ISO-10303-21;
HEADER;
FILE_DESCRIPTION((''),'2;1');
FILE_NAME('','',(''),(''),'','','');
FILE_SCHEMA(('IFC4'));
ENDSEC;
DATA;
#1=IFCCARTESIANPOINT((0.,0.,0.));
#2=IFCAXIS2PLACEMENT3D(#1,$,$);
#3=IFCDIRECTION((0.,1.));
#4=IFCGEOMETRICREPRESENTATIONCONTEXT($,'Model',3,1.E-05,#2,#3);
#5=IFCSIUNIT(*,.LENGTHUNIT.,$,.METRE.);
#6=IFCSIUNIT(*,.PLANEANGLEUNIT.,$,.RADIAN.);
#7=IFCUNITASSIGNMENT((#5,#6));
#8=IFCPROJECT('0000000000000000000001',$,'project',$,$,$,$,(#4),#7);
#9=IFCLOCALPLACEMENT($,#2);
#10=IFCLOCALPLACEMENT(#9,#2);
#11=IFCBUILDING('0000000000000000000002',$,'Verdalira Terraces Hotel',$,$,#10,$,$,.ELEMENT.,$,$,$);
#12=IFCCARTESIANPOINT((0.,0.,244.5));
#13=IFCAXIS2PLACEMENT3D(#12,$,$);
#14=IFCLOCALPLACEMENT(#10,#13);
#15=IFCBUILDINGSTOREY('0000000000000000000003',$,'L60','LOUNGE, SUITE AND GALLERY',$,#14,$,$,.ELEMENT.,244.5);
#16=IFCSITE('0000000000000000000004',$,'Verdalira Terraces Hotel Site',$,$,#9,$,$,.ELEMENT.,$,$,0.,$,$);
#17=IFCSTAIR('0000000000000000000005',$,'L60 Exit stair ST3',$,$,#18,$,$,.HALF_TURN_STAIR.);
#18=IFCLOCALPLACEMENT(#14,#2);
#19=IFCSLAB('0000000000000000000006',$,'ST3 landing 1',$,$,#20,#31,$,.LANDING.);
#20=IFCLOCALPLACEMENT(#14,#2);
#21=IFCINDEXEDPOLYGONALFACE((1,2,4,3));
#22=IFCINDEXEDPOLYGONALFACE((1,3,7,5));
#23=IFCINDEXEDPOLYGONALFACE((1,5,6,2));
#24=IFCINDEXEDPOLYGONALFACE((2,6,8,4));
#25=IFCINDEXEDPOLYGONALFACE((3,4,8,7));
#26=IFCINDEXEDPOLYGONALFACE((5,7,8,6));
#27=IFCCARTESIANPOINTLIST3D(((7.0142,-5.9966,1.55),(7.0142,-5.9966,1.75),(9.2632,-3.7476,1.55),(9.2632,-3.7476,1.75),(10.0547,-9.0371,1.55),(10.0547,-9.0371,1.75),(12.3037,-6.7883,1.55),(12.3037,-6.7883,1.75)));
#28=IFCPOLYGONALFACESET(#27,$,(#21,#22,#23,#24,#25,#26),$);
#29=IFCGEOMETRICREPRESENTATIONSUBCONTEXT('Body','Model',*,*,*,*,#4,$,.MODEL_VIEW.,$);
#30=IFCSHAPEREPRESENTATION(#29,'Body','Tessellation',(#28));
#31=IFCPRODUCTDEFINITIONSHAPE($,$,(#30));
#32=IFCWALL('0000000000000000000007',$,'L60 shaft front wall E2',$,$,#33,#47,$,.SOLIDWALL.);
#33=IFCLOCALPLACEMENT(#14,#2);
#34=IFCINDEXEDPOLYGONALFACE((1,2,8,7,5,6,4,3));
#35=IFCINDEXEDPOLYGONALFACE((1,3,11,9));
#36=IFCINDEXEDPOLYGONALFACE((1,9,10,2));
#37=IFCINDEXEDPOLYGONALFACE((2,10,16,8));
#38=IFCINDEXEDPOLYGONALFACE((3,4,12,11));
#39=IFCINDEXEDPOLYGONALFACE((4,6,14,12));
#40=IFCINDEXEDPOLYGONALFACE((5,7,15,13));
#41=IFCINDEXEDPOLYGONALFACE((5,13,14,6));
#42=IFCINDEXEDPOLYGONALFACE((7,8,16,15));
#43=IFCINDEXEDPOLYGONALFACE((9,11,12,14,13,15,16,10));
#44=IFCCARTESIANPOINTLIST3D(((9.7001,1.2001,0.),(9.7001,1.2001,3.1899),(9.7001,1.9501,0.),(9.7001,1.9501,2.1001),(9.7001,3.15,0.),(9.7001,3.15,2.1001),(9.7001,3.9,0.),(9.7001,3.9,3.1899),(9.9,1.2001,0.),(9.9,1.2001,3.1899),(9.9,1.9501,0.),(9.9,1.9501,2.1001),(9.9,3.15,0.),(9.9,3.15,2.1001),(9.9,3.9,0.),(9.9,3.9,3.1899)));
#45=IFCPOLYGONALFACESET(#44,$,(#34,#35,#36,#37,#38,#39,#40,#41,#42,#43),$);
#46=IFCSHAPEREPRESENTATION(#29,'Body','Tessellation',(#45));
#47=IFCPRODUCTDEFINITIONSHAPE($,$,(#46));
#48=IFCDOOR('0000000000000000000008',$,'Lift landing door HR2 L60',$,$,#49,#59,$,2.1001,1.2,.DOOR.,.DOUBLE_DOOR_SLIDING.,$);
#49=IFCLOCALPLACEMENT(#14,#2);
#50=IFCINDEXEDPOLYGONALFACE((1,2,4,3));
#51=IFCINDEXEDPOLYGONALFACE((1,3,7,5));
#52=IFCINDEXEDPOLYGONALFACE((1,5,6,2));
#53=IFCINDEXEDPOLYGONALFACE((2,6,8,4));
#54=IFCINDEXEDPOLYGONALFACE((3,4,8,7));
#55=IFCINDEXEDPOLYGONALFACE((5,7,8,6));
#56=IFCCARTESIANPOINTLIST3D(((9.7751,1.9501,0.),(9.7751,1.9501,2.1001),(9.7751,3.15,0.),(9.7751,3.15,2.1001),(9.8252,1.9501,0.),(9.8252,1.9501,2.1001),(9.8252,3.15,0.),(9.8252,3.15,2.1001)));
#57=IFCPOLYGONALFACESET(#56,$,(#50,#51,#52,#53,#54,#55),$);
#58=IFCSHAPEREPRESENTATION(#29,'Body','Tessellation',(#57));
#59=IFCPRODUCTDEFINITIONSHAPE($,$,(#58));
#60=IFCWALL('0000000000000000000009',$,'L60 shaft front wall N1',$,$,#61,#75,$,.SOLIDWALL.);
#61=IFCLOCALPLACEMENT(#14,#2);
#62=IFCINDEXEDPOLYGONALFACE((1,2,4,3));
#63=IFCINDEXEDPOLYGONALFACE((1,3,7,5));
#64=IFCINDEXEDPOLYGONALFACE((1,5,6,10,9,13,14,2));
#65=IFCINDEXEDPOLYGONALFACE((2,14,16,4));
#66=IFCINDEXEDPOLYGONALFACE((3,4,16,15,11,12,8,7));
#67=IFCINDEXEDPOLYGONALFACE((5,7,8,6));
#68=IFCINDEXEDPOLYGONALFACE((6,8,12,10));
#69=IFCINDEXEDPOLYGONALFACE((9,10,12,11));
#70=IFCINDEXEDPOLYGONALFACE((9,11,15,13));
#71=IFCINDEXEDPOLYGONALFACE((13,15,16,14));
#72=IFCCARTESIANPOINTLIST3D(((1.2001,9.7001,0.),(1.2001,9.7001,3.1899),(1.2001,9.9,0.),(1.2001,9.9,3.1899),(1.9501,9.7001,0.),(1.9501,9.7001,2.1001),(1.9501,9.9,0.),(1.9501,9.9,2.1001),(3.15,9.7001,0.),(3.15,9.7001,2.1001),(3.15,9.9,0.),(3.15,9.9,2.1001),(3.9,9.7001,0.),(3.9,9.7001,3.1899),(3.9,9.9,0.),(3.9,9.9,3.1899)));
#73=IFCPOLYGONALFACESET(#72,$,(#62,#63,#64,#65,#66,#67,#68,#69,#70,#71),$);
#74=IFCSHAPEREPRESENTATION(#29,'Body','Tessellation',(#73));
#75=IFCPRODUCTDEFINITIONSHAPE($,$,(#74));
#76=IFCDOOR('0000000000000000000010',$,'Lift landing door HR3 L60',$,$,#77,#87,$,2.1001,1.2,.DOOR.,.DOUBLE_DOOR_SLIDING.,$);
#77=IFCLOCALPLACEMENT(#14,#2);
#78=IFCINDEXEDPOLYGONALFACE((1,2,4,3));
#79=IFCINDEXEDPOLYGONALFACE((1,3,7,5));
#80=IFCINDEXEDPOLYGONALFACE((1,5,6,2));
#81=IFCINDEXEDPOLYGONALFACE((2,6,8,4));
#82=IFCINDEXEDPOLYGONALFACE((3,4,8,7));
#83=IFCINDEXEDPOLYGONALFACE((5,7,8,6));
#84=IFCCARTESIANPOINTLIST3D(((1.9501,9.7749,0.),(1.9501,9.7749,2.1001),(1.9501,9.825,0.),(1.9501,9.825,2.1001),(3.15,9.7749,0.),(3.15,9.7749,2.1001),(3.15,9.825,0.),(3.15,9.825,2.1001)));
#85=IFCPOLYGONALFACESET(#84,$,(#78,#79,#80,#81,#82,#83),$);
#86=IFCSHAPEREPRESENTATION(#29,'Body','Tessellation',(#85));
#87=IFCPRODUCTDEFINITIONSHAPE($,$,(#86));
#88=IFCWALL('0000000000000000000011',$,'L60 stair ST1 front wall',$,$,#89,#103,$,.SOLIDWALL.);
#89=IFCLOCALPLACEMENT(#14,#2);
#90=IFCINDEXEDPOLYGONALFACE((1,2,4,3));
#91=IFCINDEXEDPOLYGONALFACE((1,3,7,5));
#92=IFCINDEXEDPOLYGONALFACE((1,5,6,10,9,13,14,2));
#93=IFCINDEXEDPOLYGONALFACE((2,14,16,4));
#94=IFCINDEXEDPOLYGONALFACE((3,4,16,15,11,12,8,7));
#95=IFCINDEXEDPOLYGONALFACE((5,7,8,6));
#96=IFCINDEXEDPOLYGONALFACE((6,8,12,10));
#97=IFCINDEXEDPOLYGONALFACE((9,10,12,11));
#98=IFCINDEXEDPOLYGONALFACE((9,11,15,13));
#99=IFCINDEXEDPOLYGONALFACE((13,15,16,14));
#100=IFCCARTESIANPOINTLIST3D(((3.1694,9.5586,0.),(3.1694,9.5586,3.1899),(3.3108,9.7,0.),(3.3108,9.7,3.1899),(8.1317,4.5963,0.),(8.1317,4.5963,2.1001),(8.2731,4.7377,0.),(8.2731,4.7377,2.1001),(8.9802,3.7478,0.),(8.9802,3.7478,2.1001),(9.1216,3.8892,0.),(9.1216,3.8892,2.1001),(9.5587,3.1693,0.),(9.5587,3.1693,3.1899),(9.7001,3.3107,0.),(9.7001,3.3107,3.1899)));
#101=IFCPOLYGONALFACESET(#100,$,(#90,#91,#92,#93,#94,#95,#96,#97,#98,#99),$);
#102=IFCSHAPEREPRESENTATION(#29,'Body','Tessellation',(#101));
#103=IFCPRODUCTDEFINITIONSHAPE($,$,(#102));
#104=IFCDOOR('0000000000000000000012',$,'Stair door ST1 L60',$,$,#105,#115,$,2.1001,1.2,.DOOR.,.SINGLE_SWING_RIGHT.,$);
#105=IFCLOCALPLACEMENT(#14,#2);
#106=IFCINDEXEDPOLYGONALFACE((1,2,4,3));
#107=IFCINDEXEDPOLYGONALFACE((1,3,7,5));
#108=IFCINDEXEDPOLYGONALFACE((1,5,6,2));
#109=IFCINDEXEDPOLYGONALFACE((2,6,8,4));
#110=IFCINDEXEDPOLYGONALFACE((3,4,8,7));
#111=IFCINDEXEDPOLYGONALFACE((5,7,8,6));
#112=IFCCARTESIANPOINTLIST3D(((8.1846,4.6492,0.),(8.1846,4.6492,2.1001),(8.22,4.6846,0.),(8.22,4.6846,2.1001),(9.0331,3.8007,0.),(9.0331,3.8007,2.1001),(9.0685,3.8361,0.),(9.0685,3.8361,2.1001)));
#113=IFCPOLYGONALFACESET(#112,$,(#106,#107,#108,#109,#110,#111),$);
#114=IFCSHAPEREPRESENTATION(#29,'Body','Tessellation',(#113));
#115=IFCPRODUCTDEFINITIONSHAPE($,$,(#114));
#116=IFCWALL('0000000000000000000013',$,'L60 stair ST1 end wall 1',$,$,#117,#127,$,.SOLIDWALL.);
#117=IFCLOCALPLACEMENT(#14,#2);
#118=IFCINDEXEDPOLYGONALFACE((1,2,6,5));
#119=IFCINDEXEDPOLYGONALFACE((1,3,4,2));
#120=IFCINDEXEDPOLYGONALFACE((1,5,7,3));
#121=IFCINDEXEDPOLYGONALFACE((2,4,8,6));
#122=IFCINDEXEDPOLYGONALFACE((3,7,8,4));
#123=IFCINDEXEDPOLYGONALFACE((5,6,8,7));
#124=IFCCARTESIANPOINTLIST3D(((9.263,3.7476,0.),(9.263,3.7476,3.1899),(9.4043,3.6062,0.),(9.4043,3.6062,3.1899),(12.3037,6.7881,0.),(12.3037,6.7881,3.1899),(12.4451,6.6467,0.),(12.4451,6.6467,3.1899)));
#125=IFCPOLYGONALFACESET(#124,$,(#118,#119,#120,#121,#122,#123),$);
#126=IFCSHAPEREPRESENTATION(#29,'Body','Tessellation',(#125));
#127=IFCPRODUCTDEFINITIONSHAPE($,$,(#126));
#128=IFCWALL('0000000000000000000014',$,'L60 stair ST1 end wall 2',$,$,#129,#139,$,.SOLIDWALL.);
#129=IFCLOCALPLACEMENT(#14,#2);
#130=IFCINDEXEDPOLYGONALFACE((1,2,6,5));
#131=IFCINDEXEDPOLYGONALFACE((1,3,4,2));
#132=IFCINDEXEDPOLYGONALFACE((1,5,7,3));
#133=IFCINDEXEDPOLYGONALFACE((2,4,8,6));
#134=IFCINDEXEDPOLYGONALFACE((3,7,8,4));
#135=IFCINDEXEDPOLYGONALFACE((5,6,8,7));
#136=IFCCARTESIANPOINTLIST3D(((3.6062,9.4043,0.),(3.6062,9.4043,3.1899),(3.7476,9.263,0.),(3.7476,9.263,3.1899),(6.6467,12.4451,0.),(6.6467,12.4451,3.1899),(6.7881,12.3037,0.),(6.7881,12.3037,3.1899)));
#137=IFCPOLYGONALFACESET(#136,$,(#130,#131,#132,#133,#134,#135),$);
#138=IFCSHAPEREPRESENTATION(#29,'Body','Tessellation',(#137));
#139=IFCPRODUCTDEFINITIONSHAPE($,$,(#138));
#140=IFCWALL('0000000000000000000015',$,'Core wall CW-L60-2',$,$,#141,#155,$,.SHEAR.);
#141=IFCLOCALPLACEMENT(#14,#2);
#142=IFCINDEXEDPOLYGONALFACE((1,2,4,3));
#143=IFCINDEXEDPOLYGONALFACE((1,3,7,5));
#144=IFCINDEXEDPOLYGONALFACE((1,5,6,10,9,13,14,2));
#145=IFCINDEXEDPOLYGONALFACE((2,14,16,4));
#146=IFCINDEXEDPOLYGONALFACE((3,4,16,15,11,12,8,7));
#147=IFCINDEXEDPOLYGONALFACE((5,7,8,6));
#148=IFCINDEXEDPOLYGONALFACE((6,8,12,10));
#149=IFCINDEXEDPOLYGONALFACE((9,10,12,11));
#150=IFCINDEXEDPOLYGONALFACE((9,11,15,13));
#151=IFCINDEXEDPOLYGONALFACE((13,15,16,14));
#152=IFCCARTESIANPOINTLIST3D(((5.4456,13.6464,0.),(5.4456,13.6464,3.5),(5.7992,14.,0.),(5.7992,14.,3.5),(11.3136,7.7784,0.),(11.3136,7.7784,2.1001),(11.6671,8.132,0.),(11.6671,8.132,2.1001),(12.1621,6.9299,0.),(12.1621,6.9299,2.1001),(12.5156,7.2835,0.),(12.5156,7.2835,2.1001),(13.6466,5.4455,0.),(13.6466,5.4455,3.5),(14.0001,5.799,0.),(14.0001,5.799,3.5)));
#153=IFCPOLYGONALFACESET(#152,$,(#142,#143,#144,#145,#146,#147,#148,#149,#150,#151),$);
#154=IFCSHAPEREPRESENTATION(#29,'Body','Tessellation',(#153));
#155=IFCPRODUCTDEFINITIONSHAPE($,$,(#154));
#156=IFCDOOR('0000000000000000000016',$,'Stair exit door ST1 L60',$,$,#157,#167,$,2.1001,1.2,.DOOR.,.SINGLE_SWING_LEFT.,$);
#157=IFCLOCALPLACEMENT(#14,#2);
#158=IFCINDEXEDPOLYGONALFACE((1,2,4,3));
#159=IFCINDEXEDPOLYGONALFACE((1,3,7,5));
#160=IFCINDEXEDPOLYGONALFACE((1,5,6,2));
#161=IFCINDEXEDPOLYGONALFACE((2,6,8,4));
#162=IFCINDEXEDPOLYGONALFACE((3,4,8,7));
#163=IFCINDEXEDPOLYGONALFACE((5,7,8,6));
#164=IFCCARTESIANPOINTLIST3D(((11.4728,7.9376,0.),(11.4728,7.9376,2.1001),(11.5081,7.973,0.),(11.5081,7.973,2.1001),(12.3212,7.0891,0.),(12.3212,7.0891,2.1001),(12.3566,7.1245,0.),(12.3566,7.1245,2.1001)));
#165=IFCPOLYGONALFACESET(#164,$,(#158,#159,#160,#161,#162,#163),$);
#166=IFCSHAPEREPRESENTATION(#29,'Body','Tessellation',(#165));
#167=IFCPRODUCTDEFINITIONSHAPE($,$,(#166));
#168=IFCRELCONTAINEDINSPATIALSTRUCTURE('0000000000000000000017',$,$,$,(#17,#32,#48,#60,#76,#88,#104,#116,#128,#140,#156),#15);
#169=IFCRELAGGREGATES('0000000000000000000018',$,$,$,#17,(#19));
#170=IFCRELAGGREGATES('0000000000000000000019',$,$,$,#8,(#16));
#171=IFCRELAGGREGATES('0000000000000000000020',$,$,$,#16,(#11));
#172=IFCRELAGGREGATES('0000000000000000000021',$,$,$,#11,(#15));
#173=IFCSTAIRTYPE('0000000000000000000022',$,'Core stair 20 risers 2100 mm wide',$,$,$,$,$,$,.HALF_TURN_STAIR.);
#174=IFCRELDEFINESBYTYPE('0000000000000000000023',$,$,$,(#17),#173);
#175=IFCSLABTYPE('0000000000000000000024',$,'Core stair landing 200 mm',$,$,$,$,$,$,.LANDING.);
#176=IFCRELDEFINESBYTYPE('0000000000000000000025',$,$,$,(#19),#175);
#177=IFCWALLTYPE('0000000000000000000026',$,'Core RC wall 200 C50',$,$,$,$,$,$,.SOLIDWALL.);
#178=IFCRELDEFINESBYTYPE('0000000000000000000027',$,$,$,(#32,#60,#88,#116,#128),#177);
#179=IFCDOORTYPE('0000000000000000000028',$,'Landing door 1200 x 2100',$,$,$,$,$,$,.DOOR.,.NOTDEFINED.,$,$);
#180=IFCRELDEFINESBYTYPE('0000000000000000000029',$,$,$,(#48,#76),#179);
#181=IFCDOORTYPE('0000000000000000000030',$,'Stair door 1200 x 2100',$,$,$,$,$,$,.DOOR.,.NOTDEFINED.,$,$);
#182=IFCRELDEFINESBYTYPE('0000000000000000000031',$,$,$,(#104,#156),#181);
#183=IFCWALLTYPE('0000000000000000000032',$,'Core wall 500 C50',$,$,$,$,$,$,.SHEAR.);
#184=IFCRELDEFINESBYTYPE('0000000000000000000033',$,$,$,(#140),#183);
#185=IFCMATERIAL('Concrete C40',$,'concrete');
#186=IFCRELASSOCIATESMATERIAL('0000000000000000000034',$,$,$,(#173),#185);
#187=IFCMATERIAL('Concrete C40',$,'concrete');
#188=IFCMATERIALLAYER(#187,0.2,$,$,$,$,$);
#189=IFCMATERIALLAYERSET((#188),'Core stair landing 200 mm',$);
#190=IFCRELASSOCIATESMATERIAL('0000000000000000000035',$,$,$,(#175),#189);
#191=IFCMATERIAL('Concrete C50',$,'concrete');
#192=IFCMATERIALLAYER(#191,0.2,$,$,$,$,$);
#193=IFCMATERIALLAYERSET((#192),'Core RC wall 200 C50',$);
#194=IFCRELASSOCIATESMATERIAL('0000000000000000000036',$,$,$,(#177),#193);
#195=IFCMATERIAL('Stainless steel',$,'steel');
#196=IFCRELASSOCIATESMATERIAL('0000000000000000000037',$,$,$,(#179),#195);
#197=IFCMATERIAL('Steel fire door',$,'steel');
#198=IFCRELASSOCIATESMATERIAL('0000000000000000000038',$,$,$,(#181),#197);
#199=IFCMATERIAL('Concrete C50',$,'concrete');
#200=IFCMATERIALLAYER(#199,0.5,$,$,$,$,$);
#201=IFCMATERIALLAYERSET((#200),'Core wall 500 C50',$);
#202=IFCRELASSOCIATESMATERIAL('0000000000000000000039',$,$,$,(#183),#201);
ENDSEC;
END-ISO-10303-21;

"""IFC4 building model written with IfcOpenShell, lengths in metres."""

from ifc_helpers import new_model, si_unit, direction, frame, frame_2d, origin, place, context, subcontext, project, spatial, polyline, rectangle, outline, extrude, material, layer, layer_set, type_object, element, fill, aggregate, save


model = new_model("IFC4")

# Units and contexts
model_context = context("Model", 3, precision=1e-05, world=origin(), true_north=direction((0.0, 1.0)))
body_context = subcontext(model_context, "Body", "Model", "MODEL_VIEW")
ifc_project = project(units=[si_unit("LENGTHUNIT", "METRE"), si_unit("PLANEANGLEUNIT", "RADIAN")], contexts=[model_context])

# Site, building, storey
site_placement = place(None, origin())
site = spatial("IfcSite", under=ifc_project, at=site_placement, Name="Verdalira Terraces Hotel Site", CompositionType="ELEMENT", RefElevation=0.0)
building_placement = place(site_placement, origin())
building = spatial("IfcBuilding", under=site, at=building_placement, Name="Verdalira Terraces Hotel", CompositionType="ELEMENT")
storey_placement = place(building_placement, frame((0.0, 0.0, 244.5)))
storey = spatial("IfcBuildingStorey", under=building, at=storey_placement, Name="L60", Description="LOUNGE, SUITE AND GALLERY", CompositionType="ELEMENT", Elevation=244.5)

# Stair, slab
ifc_material_1 = material(Name="Concrete C40", Category="concrete")
stair_type = type_object("IfcStairType", Name="Core stair 20 risers 2100 mm wide", PredefinedType="HALF_TURN_STAIR", material=ifc_material_1)
stair_placement = place(storey_placement, origin())
stair = element("IfcStair", 1, at=stair_placement, inside=storey, type_object=stair_type, Name="L60 Exit stair ST3", PredefinedType="HALF_TURN_STAIR")
ifc_material_2 = material(Name="Concrete C40", Category="concrete")
ifc_layer_1 = layer(ifc_material_2, 0.2)
ifc_layer_set_1 = layer_set([ifc_layer_1], Name="Core stair landing 200 mm")
slab_type = type_object("IfcSlabType", Name="Core stair landing 200 mm", PredefinedType="LANDING", material=ifc_layer_set_1)
slab_placement = place(storey_placement, frame((0.0, 0.0, 1.55)))
slab = element("IfcSlab", 2, at=slab_placement, type_object=slab_type, Name="ST3 landing 1", PredefinedType="LANDING", context=body_context, shape_type="SweptSolid", body=[
    extrude(outline(polyline([(10.0547, -9.0371), (12.3037, -6.7883), (9.2632, -3.7476), (7.0142, -5.9966), (10.0547, -9.0371)])), origin(), (0.0, 0.0, 1.0), 0.2),
])
aggregate(stair, [slab])

# Walls, openings, doors
ifc_material_3 = material(Name="Concrete C50", Category="concrete")
ifc_layer_2 = layer(ifc_material_3, 0.2)
ifc_layer_set_2 = layer_set([ifc_layer_2], Name="Core RC wall 200 C50")
wall_type_1 = type_object("IfcWallType", Name="Core RC wall 200 C50", PredefinedType="SOLIDWALL", material=ifc_layer_set_2)
wall_1_placement = place(storey_placement, frame((9.8, 1.2, 0.0), z_axis=(0.0, 0.0, 1.0), x_axis=(0.0, 1.0, 0.0)))
wall_1 = element("IfcWall", 3, at=wall_1_placement, inside=storey, type_object=wall_type_1, Name="L60 shaft front wall E2", PredefinedType="SOLIDWALL", context=body_context, shape_type="SweptSolid", body=[
    extrude(rectangle(XDim=2.7, YDim=0.2, at=frame_2d((1.3501, 0.0))), origin(), (0.0, 0.0, 1.0), 3.1899),
])
opening_1_placement = place(wall_1_placement, frame((0.75, 0.0, 0.0)))
opening_1 = element("IfcOpeningElement", 4, at=opening_1_placement, cuts=wall_1, PredefinedType="OPENING", context=body_context, shape_type="SweptSolid", body=[
    extrude(rectangle(XDim=1.2, YDim=2.1001, at=frame_2d((0.6001, 1.05))), frame((0.0, 0.1099, 0.0), z_axis=(0.0, -1.0, 0.0), x_axis=(1.0, 0.0, 0.0)), (0.0, 0.0, 1.0), 0.22),
])
ifc_material_4 = material(Name="Stainless steel", Category="steel")
door_type_1 = type_object("IfcDoorType", Name="Landing door 1200 x 2100", OperationType="NOTDEFINED", PredefinedType="DOOR", material=ifc_material_4)
door_1_placement = place(opening_1_placement, origin())
door_1 = element("IfcDoor", 5, at=door_1_placement, inside=storey, type_object=door_type_1, Name="Lift landing door HR2 L60", OperationType="DOUBLE_DOOR_SLIDING", OverallHeight=2.1001, OverallWidth=1.2, PredefinedType="DOOR", context=body_context, shape_type="SweptSolid", body=[
    extrude(rectangle(XDim=1.2, YDim=2.1001, at=frame_2d((0.6001, 1.05))), frame((0.0, 0.0249, 0.0), z_axis=(0.0, -1.0, 0.0), x_axis=(1.0, 0.0, 0.0)), (0.0, 0.0, 1.0), 0.05),
])
fill(opening_1, door_1)
wall_2_placement = place(storey_placement, frame((1.2, 9.8, 0.0), z_axis=(0.0, 0.0, 1.0), x_axis=(1.0, 0.0, 0.0)))
wall_2 = element("IfcWall", 6, at=wall_2_placement, inside=storey, type_object=wall_type_1, Name="L60 shaft front wall N1", PredefinedType="SOLIDWALL", context=body_context, shape_type="SweptSolid", body=[
    extrude(rectangle(XDim=2.7, YDim=0.2, at=frame_2d((1.3501, 0.0))), origin(), (0.0, 0.0, 1.0), 3.1899),
])
opening_2_placement = place(wall_2_placement, frame((0.75, 0.0, 0.0)))
opening_2 = element("IfcOpeningElement", 7, at=opening_2_placement, cuts=wall_2, PredefinedType="OPENING", context=body_context, shape_type="SweptSolid", body=[
    extrude(rectangle(XDim=1.2, YDim=2.1001, at=frame_2d((0.6001, 1.05))), frame((0.0, 0.1099, 0.0), z_axis=(0.0, -1.0, 0.0), x_axis=(1.0, 0.0, 0.0)), (0.0, 0.0, 1.0), 0.22),
])
door_2_placement = place(opening_2_placement, origin())
door_2 = element("IfcDoor", 8, at=door_2_placement, inside=storey, type_object=door_type_1, Name="Lift landing door HR3 L60", OperationType="DOUBLE_DOOR_SLIDING", OverallHeight=2.1001, OverallWidth=1.2, PredefinedType="DOOR", context=body_context, shape_type="SweptSolid", body=[
    extrude(rectangle(XDim=1.2, YDim=2.1001, at=frame_2d((0.6001, 1.05))), frame((0.0, 0.0249, 0.0), z_axis=(0.0, -1.0, 0.0), x_axis=(1.0, 0.0, 0.0)), (0.0, 0.0, 1.0), 0.05),
])
fill(opening_2, door_2)
wall_3_placement = place(storey_placement, frame((3.24, 9.6294, 0.0), z_axis=(0.0, 0.0, 1.0), x_axis=(0.707107, -0.707107, 0.0)))
wall_3 = element("IfcWall", 9, at=wall_3_placement, inside=storey, type_object=wall_type_1, Name="L60 stair ST1 front wall", PredefinedType="SOLIDWALL", context=body_context, shape_type="SweptSolid", body=[
    extrude(rectangle(XDim=9.0359, YDim=0.2, at=frame_2d((4.5181, 0.0))), origin(), (0.0, 0.0, 1.0), 3.1899),
])
opening_3_placement = place(wall_3_placement, frame((7.0178, 0.0, 0.0)))
opening_3 = element("IfcOpeningElement", 10, at=opening_3_placement, cuts=wall_3, PredefinedType="OPENING", context=body_context, shape_type="SweptSolid", body=[
    extrude(rectangle(XDim=1.2, YDim=2.1001, at=frame_2d((0.6001, 1.05))), frame((0.0, 0.1099, 0.0), z_axis=(0.0, -1.0, 0.0), x_axis=(1.0, 0.0, 0.0)), (0.0, 0.0, 1.0), 0.22),
])
ifc_material_5 = material(Name="Steel fire door", Category="steel")
door_type_2 = type_object("IfcDoorType", Name="Stair door 1200 x 2100", OperationType="NOTDEFINED", PredefinedType="DOOR", material=ifc_material_5)
door_3_placement = place(opening_3_placement, origin())
door_3 = element("IfcDoor", 11, at=door_3_placement, inside=storey, type_object=door_type_2, Name="Stair door ST1 L60", OperationType="SINGLE_SWING_RIGHT", OverallHeight=2.1001, OverallWidth=1.2, PredefinedType="DOOR", context=body_context, shape_type="SweptSolid", body=[
    extrude(rectangle(XDim=1.2, YDim=2.1001, at=frame_2d((0.6001, 1.05))), frame((0.0, 0.0249, 0.0), z_axis=(0.0, -1.0, 0.0), x_axis=(1.0, 0.0, 0.0)), (0.0, 0.0, 1.0), 0.05),
])
fill(opening_3, door_3)

# Walls
for number, where, z_axis, x_axis, name in (
    (12, (9.3337, 3.677, 0.0), (0.0, 0.0, 1.0), (0.707135, 0.707078, 0.0), "L60 stair ST1 end wall 1"),
    (13, (3.677, 9.3337, 0.0), (0.0, 0.0, 1.0), (0.707078, 0.707135, 0.0), "L60 stair ST1 end wall 2"),
):
    element("IfcWall", number, at=place(storey_placement, frame(where, z_axis=z_axis, x_axis=x_axis)), inside=storey, type_object=wall_type_1, Name=name, PredefinedType="SOLIDWALL", context=body_context, shape_type="SweptSolid", body=[
        extrude(rectangle(XDim=4.3, YDim=0.2, at=frame_2d((2.1499, 0.0))), origin(), (0.0, 0.0, 1.0), 3.1899),
    ])

# Wall, opening, door
ifc_material_6 = material(Name="Concrete C50", Category="concrete")
ifc_layer_3 = layer(ifc_material_6, 0.5)
ifc_layer_set_3 = layer_set([ifc_layer_3], Name="Core wall 500 C50")
wall_type_2 = type_object("IfcWallType", Name="Core wall 500 C50", PredefinedType="SHEAR", material=ifc_layer_set_3)
wall_4_placement = place(storey_placement, frame((13.8232, 5.6223, 0.0), z_axis=(0.0, 0.0, 1.0), x_axis=(-0.707107, 0.707107, 0.0)))
wall_4 = element("IfcWall", 14, at=wall_4_placement, inside=storey, type_object=wall_type_2, Name="Core wall CW-L60-2", PredefinedType="SHEAR", context=body_context, shape_type="SweptSolid", body=[
    extrude(rectangle(XDim=11.5979, YDim=0.5, at=frame_2d((5.7988, 0.0))), origin(), (0.0, 0.0, 1.0), 3.5),
])
opening_4_placement = place(wall_4_placement, frame((2.0991, 0.0, 0.0)))
opening_4 = element("IfcOpeningElement", 15, at=opening_4_placement, cuts=wall_4, PredefinedType="OPENING", context=body_context, shape_type="SweptSolid", body=[
    extrude(rectangle(XDim=1.2, YDim=2.1001, at=frame_2d((0.6001, 1.05))), frame((0.0, 0.26, 0.0), z_axis=(0.0, -1.0, 0.0), x_axis=(1.0, 0.0, 0.0)), (0.0, 0.0, 1.0), 0.52),
])
door_4_placement = place(opening_4_placement, origin())
door_4 = element("IfcDoor", 16, at=door_4_placement, inside=storey, type_object=door_type_2, Name="Stair exit door ST1 L60", OperationType="SINGLE_SWING_LEFT", OverallHeight=2.1001, OverallWidth=1.2, PredefinedType="DOOR", context=body_context, shape_type="SweptSolid", body=[
    extrude(rectangle(XDim=1.2, YDim=2.1001, at=frame_2d((0.6001, 1.05))), frame((0.0, 0.0249, 0.0), z_axis=(0.0, -1.0, 0.0), x_axis=(1.0, 0.0, 0.0)), (0.0, 0.0, 1.0), 0.05),
])
fill(opening_4, door_4)

save(model, "model.ifc")
